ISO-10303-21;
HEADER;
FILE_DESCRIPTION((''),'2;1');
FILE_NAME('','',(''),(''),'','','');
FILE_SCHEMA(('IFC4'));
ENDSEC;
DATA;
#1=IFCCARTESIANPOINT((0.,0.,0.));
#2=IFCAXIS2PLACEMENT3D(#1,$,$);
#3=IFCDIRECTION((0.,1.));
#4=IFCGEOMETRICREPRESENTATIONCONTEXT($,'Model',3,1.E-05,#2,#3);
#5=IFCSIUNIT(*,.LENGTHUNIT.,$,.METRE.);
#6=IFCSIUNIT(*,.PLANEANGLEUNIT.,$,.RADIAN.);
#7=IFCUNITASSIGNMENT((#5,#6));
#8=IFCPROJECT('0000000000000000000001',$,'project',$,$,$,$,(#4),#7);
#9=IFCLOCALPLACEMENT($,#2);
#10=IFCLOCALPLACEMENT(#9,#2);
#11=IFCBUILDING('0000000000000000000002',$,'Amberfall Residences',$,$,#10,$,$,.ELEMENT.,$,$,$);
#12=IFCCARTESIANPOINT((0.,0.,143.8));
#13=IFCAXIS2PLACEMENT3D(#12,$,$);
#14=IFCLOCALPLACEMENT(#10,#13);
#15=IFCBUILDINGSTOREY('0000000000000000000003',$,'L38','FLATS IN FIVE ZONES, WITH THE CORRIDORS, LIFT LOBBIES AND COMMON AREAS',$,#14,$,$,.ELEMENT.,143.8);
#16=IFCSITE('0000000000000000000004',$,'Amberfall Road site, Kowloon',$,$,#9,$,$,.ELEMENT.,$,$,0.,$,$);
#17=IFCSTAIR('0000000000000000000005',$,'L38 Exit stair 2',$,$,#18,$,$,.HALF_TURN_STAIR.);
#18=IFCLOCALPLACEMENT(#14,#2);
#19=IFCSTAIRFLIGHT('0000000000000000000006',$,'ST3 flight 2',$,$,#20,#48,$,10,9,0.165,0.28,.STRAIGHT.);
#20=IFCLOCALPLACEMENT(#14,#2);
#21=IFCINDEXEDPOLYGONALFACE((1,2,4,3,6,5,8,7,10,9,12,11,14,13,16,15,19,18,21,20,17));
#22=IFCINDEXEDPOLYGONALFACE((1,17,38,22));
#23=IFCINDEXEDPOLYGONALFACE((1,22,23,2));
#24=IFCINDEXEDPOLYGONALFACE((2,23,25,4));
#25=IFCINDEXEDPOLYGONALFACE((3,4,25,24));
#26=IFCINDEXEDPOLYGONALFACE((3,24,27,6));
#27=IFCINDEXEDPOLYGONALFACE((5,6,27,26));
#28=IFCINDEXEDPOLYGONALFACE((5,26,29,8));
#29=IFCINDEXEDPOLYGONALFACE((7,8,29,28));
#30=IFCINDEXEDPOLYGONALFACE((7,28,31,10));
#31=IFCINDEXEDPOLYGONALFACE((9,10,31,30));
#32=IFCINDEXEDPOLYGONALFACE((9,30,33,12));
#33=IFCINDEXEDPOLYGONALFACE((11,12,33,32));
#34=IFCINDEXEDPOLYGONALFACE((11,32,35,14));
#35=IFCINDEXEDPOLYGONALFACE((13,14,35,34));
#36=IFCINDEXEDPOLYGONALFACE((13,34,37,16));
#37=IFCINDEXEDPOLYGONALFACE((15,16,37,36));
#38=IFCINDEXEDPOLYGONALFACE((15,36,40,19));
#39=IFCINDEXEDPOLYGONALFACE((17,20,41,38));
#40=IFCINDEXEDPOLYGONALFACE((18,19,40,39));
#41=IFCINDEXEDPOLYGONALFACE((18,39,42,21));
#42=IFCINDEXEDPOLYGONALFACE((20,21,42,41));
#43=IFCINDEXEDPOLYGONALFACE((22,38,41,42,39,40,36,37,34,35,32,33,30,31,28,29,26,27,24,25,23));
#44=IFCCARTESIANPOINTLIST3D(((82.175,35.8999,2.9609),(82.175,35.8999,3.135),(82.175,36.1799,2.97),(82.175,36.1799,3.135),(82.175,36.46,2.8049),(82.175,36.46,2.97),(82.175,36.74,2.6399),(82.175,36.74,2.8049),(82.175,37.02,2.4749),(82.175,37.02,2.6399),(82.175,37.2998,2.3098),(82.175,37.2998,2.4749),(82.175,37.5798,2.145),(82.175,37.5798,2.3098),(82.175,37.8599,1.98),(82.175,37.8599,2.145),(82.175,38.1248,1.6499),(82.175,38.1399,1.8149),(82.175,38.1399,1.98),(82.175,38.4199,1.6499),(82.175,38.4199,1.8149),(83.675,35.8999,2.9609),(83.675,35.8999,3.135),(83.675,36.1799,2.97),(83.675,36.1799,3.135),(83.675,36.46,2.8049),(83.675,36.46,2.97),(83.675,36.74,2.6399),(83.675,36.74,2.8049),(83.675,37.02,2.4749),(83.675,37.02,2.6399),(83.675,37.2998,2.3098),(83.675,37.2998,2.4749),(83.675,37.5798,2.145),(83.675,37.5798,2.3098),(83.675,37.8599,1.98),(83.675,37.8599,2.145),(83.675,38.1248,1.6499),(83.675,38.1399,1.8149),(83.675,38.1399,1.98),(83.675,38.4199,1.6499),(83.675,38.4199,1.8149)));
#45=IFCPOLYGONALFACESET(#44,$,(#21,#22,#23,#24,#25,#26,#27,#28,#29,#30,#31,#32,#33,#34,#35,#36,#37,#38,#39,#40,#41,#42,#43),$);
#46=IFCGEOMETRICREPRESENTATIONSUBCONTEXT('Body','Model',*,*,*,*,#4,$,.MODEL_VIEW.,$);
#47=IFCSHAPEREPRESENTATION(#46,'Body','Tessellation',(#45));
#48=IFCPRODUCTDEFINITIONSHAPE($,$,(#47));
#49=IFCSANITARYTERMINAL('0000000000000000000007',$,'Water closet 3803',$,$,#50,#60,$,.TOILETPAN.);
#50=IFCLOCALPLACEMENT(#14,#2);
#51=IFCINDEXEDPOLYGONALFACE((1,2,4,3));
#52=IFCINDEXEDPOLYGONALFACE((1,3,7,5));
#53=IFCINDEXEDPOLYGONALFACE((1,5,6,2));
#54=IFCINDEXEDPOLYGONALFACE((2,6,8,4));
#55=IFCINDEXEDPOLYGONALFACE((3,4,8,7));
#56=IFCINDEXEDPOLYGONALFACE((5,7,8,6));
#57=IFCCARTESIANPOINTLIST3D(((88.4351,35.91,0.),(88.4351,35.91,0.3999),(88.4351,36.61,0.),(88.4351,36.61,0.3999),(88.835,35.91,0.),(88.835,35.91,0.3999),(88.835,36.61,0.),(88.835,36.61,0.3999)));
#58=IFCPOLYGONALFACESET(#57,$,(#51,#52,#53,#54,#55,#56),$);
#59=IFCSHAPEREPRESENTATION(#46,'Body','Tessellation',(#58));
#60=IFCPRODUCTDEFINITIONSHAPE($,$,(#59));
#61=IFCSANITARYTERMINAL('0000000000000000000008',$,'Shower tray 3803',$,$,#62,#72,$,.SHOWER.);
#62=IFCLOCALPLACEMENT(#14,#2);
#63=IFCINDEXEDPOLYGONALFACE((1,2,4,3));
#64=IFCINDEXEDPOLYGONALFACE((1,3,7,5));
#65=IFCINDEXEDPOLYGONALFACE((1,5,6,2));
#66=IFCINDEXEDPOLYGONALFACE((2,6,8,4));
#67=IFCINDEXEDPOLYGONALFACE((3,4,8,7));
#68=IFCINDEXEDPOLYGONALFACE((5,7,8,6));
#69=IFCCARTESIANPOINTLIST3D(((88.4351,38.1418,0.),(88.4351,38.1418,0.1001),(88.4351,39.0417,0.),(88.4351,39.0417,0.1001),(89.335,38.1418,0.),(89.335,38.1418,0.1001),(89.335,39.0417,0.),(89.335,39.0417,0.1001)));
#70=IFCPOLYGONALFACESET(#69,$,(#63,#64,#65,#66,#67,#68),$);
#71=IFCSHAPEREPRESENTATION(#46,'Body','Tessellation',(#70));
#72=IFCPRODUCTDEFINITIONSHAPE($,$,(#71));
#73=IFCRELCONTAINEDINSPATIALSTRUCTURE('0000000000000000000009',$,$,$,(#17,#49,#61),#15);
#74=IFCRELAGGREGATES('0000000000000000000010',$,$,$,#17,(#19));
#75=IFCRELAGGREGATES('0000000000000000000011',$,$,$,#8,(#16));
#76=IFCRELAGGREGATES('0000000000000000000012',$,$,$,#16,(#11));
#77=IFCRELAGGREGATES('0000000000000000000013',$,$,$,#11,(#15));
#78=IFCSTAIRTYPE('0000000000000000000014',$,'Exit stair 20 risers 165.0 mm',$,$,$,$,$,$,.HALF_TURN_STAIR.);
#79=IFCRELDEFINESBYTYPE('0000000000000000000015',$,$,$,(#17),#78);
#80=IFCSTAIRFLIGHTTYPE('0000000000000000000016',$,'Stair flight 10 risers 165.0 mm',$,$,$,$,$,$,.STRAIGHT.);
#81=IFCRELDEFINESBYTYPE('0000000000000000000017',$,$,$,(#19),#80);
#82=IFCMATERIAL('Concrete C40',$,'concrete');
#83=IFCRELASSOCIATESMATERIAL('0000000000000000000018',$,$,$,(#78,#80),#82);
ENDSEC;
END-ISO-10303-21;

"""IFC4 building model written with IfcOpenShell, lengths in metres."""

from ifc_helpers import new_model, si_unit, direction, frame, origin, origin_2d, place, context, subcontext, project, spatial, polyline, rectangle, outline, extrude, material, type_object, element, aggregate, save


model = new_model("IFC4")

# Units and contexts
model_context = context("Model", 3, precision=1e-05, world=origin(), true_north=direction((0.0, 1.0)))
body_context = subcontext(model_context, "Body", "Model", "MODEL_VIEW")
ifc_project = project(units=[si_unit("LENGTHUNIT", "METRE"), si_unit("PLANEANGLEUNIT", "RADIAN")], contexts=[model_context])

# Site, building, storey
site_placement = place(None, origin())
site = spatial("IfcSite", under=ifc_project, at=site_placement, Name="Amberfall Road site, Kowloon", CompositionType="ELEMENT", RefElevation=0.0)
building_placement = place(site_placement, origin())
building = spatial("IfcBuilding", under=site, at=building_placement, Name="Amberfall Residences", CompositionType="ELEMENT")
storey_placement = place(building_placement, frame((0.0, 0.0, 143.8)))
storey = spatial("IfcBuildingStorey", under=building, at=storey_placement, Name="L38", Description="FLATS IN FIVE ZONES, WITH THE CORRIDORS, LIFT LOBBIES AND COMMON AREAS", CompositionType="ELEMENT", Elevation=143.8)

# Stair, stair flight
ifc_material_1 = material(Name="Concrete C40", Category="concrete")
stair_type = type_object("IfcStairType", Name="Exit stair 20 risers 165.0 mm", PredefinedType="HALF_TURN_STAIR", material=ifc_material_1)
stair_placement = place(storey_placement, origin())
stair = element("IfcStair", 1, at=stair_placement, inside=storey, type_object=stair_type, Name="L38 Exit stair 2", PredefinedType="HALF_TURN_STAIR")
stair_flight_type = type_object("IfcStairFlightType", Name="Stair flight 10 risers 165.0 mm", PredefinedType="STRAIGHT", material=ifc_material_1)
stair_flight_1_placement = place(storey_placement, frame((82.925, 38.4199, 1.6499), z_axis=(0.0, 0.0, 1.0), x_axis=(0.0, -1.0, 0.0)))
stair_flight_1 = element("IfcStairFlight", 2, at=stair_flight_1_placement, type_object=stair_flight_type, Name="ST3 flight 2", NumberOfRisers=10, NumberOfTreads=9, PredefinedType="STRAIGHT", RiserHeight=0.165, TreadLength=0.28, context=body_context, shape_type="SweptSolid", body=[
    extrude(outline(polyline([(0.0, 0.0), (0.0, 0.165), (0.28, 0.165), (0.28, 0.3301), (0.5601, 0.3301), (0.5601, 0.4951), (0.8401, 0.4951), (0.8401, 0.6599), (1.1201, 0.6599), (1.1201, 0.825), (1.3999, 0.825), (1.3999, 0.99), (1.6799, 0.99), (1.6799, 1.155), (1.96, 1.155), (1.96, 1.3201), (2.24, 1.3201), (2.24, 1.4851), (2.52, 1.4851), (2.52, 1.6499), (2.52, 1.311), (0.2952, 0.0), (0.0, 0.0)])), frame((0.0, 0.75, 0.0), z_axis=(0.0, -1.0, 0.0), x_axis=(1.0, 0.0, 0.0)), (0.0, 0.0, 1.0), 1.5),
])
aggregate(stair, [stair_flight_1])

# Sanitary terminals
sanitary_terminal_1_placement = place(storey_placement, frame((88.635, 36.26, 0.0), z_axis=(0.0, 0.0, 1.0), x_axis=(1.0, 0.0, 0.0)))
element("IfcSanitaryTerminal", 3, at=sanitary_terminal_1_placement, inside=storey, Name="Water closet 3803", PredefinedType="TOILETPAN", context=body_context, shape_type="SweptSolid", body=[
    extrude(rectangle(XDim=0.3999, YDim=0.7, at=origin_2d()), origin(), (0.0, 0.0, 1.0), 0.3999),
])
sanitary_terminal_2_placement = place(storey_placement, frame((88.885, 38.5918, 0.0), z_axis=(0.0, 0.0, 1.0), x_axis=(1.0, 0.0, 0.0)))
element("IfcSanitaryTerminal", 4, at=sanitary_terminal_2_placement, inside=storey, Name="Shower tray 3803", PredefinedType="SHOWER", context=body_context, shape_type="SweptSolid", body=[
    extrude(rectangle(XDim=0.8999, YDim=0.8999, at=origin_2d()), origin(), (0.0, 0.0, 1.0), 0.1001),
])

save(model, "model.ifc")
